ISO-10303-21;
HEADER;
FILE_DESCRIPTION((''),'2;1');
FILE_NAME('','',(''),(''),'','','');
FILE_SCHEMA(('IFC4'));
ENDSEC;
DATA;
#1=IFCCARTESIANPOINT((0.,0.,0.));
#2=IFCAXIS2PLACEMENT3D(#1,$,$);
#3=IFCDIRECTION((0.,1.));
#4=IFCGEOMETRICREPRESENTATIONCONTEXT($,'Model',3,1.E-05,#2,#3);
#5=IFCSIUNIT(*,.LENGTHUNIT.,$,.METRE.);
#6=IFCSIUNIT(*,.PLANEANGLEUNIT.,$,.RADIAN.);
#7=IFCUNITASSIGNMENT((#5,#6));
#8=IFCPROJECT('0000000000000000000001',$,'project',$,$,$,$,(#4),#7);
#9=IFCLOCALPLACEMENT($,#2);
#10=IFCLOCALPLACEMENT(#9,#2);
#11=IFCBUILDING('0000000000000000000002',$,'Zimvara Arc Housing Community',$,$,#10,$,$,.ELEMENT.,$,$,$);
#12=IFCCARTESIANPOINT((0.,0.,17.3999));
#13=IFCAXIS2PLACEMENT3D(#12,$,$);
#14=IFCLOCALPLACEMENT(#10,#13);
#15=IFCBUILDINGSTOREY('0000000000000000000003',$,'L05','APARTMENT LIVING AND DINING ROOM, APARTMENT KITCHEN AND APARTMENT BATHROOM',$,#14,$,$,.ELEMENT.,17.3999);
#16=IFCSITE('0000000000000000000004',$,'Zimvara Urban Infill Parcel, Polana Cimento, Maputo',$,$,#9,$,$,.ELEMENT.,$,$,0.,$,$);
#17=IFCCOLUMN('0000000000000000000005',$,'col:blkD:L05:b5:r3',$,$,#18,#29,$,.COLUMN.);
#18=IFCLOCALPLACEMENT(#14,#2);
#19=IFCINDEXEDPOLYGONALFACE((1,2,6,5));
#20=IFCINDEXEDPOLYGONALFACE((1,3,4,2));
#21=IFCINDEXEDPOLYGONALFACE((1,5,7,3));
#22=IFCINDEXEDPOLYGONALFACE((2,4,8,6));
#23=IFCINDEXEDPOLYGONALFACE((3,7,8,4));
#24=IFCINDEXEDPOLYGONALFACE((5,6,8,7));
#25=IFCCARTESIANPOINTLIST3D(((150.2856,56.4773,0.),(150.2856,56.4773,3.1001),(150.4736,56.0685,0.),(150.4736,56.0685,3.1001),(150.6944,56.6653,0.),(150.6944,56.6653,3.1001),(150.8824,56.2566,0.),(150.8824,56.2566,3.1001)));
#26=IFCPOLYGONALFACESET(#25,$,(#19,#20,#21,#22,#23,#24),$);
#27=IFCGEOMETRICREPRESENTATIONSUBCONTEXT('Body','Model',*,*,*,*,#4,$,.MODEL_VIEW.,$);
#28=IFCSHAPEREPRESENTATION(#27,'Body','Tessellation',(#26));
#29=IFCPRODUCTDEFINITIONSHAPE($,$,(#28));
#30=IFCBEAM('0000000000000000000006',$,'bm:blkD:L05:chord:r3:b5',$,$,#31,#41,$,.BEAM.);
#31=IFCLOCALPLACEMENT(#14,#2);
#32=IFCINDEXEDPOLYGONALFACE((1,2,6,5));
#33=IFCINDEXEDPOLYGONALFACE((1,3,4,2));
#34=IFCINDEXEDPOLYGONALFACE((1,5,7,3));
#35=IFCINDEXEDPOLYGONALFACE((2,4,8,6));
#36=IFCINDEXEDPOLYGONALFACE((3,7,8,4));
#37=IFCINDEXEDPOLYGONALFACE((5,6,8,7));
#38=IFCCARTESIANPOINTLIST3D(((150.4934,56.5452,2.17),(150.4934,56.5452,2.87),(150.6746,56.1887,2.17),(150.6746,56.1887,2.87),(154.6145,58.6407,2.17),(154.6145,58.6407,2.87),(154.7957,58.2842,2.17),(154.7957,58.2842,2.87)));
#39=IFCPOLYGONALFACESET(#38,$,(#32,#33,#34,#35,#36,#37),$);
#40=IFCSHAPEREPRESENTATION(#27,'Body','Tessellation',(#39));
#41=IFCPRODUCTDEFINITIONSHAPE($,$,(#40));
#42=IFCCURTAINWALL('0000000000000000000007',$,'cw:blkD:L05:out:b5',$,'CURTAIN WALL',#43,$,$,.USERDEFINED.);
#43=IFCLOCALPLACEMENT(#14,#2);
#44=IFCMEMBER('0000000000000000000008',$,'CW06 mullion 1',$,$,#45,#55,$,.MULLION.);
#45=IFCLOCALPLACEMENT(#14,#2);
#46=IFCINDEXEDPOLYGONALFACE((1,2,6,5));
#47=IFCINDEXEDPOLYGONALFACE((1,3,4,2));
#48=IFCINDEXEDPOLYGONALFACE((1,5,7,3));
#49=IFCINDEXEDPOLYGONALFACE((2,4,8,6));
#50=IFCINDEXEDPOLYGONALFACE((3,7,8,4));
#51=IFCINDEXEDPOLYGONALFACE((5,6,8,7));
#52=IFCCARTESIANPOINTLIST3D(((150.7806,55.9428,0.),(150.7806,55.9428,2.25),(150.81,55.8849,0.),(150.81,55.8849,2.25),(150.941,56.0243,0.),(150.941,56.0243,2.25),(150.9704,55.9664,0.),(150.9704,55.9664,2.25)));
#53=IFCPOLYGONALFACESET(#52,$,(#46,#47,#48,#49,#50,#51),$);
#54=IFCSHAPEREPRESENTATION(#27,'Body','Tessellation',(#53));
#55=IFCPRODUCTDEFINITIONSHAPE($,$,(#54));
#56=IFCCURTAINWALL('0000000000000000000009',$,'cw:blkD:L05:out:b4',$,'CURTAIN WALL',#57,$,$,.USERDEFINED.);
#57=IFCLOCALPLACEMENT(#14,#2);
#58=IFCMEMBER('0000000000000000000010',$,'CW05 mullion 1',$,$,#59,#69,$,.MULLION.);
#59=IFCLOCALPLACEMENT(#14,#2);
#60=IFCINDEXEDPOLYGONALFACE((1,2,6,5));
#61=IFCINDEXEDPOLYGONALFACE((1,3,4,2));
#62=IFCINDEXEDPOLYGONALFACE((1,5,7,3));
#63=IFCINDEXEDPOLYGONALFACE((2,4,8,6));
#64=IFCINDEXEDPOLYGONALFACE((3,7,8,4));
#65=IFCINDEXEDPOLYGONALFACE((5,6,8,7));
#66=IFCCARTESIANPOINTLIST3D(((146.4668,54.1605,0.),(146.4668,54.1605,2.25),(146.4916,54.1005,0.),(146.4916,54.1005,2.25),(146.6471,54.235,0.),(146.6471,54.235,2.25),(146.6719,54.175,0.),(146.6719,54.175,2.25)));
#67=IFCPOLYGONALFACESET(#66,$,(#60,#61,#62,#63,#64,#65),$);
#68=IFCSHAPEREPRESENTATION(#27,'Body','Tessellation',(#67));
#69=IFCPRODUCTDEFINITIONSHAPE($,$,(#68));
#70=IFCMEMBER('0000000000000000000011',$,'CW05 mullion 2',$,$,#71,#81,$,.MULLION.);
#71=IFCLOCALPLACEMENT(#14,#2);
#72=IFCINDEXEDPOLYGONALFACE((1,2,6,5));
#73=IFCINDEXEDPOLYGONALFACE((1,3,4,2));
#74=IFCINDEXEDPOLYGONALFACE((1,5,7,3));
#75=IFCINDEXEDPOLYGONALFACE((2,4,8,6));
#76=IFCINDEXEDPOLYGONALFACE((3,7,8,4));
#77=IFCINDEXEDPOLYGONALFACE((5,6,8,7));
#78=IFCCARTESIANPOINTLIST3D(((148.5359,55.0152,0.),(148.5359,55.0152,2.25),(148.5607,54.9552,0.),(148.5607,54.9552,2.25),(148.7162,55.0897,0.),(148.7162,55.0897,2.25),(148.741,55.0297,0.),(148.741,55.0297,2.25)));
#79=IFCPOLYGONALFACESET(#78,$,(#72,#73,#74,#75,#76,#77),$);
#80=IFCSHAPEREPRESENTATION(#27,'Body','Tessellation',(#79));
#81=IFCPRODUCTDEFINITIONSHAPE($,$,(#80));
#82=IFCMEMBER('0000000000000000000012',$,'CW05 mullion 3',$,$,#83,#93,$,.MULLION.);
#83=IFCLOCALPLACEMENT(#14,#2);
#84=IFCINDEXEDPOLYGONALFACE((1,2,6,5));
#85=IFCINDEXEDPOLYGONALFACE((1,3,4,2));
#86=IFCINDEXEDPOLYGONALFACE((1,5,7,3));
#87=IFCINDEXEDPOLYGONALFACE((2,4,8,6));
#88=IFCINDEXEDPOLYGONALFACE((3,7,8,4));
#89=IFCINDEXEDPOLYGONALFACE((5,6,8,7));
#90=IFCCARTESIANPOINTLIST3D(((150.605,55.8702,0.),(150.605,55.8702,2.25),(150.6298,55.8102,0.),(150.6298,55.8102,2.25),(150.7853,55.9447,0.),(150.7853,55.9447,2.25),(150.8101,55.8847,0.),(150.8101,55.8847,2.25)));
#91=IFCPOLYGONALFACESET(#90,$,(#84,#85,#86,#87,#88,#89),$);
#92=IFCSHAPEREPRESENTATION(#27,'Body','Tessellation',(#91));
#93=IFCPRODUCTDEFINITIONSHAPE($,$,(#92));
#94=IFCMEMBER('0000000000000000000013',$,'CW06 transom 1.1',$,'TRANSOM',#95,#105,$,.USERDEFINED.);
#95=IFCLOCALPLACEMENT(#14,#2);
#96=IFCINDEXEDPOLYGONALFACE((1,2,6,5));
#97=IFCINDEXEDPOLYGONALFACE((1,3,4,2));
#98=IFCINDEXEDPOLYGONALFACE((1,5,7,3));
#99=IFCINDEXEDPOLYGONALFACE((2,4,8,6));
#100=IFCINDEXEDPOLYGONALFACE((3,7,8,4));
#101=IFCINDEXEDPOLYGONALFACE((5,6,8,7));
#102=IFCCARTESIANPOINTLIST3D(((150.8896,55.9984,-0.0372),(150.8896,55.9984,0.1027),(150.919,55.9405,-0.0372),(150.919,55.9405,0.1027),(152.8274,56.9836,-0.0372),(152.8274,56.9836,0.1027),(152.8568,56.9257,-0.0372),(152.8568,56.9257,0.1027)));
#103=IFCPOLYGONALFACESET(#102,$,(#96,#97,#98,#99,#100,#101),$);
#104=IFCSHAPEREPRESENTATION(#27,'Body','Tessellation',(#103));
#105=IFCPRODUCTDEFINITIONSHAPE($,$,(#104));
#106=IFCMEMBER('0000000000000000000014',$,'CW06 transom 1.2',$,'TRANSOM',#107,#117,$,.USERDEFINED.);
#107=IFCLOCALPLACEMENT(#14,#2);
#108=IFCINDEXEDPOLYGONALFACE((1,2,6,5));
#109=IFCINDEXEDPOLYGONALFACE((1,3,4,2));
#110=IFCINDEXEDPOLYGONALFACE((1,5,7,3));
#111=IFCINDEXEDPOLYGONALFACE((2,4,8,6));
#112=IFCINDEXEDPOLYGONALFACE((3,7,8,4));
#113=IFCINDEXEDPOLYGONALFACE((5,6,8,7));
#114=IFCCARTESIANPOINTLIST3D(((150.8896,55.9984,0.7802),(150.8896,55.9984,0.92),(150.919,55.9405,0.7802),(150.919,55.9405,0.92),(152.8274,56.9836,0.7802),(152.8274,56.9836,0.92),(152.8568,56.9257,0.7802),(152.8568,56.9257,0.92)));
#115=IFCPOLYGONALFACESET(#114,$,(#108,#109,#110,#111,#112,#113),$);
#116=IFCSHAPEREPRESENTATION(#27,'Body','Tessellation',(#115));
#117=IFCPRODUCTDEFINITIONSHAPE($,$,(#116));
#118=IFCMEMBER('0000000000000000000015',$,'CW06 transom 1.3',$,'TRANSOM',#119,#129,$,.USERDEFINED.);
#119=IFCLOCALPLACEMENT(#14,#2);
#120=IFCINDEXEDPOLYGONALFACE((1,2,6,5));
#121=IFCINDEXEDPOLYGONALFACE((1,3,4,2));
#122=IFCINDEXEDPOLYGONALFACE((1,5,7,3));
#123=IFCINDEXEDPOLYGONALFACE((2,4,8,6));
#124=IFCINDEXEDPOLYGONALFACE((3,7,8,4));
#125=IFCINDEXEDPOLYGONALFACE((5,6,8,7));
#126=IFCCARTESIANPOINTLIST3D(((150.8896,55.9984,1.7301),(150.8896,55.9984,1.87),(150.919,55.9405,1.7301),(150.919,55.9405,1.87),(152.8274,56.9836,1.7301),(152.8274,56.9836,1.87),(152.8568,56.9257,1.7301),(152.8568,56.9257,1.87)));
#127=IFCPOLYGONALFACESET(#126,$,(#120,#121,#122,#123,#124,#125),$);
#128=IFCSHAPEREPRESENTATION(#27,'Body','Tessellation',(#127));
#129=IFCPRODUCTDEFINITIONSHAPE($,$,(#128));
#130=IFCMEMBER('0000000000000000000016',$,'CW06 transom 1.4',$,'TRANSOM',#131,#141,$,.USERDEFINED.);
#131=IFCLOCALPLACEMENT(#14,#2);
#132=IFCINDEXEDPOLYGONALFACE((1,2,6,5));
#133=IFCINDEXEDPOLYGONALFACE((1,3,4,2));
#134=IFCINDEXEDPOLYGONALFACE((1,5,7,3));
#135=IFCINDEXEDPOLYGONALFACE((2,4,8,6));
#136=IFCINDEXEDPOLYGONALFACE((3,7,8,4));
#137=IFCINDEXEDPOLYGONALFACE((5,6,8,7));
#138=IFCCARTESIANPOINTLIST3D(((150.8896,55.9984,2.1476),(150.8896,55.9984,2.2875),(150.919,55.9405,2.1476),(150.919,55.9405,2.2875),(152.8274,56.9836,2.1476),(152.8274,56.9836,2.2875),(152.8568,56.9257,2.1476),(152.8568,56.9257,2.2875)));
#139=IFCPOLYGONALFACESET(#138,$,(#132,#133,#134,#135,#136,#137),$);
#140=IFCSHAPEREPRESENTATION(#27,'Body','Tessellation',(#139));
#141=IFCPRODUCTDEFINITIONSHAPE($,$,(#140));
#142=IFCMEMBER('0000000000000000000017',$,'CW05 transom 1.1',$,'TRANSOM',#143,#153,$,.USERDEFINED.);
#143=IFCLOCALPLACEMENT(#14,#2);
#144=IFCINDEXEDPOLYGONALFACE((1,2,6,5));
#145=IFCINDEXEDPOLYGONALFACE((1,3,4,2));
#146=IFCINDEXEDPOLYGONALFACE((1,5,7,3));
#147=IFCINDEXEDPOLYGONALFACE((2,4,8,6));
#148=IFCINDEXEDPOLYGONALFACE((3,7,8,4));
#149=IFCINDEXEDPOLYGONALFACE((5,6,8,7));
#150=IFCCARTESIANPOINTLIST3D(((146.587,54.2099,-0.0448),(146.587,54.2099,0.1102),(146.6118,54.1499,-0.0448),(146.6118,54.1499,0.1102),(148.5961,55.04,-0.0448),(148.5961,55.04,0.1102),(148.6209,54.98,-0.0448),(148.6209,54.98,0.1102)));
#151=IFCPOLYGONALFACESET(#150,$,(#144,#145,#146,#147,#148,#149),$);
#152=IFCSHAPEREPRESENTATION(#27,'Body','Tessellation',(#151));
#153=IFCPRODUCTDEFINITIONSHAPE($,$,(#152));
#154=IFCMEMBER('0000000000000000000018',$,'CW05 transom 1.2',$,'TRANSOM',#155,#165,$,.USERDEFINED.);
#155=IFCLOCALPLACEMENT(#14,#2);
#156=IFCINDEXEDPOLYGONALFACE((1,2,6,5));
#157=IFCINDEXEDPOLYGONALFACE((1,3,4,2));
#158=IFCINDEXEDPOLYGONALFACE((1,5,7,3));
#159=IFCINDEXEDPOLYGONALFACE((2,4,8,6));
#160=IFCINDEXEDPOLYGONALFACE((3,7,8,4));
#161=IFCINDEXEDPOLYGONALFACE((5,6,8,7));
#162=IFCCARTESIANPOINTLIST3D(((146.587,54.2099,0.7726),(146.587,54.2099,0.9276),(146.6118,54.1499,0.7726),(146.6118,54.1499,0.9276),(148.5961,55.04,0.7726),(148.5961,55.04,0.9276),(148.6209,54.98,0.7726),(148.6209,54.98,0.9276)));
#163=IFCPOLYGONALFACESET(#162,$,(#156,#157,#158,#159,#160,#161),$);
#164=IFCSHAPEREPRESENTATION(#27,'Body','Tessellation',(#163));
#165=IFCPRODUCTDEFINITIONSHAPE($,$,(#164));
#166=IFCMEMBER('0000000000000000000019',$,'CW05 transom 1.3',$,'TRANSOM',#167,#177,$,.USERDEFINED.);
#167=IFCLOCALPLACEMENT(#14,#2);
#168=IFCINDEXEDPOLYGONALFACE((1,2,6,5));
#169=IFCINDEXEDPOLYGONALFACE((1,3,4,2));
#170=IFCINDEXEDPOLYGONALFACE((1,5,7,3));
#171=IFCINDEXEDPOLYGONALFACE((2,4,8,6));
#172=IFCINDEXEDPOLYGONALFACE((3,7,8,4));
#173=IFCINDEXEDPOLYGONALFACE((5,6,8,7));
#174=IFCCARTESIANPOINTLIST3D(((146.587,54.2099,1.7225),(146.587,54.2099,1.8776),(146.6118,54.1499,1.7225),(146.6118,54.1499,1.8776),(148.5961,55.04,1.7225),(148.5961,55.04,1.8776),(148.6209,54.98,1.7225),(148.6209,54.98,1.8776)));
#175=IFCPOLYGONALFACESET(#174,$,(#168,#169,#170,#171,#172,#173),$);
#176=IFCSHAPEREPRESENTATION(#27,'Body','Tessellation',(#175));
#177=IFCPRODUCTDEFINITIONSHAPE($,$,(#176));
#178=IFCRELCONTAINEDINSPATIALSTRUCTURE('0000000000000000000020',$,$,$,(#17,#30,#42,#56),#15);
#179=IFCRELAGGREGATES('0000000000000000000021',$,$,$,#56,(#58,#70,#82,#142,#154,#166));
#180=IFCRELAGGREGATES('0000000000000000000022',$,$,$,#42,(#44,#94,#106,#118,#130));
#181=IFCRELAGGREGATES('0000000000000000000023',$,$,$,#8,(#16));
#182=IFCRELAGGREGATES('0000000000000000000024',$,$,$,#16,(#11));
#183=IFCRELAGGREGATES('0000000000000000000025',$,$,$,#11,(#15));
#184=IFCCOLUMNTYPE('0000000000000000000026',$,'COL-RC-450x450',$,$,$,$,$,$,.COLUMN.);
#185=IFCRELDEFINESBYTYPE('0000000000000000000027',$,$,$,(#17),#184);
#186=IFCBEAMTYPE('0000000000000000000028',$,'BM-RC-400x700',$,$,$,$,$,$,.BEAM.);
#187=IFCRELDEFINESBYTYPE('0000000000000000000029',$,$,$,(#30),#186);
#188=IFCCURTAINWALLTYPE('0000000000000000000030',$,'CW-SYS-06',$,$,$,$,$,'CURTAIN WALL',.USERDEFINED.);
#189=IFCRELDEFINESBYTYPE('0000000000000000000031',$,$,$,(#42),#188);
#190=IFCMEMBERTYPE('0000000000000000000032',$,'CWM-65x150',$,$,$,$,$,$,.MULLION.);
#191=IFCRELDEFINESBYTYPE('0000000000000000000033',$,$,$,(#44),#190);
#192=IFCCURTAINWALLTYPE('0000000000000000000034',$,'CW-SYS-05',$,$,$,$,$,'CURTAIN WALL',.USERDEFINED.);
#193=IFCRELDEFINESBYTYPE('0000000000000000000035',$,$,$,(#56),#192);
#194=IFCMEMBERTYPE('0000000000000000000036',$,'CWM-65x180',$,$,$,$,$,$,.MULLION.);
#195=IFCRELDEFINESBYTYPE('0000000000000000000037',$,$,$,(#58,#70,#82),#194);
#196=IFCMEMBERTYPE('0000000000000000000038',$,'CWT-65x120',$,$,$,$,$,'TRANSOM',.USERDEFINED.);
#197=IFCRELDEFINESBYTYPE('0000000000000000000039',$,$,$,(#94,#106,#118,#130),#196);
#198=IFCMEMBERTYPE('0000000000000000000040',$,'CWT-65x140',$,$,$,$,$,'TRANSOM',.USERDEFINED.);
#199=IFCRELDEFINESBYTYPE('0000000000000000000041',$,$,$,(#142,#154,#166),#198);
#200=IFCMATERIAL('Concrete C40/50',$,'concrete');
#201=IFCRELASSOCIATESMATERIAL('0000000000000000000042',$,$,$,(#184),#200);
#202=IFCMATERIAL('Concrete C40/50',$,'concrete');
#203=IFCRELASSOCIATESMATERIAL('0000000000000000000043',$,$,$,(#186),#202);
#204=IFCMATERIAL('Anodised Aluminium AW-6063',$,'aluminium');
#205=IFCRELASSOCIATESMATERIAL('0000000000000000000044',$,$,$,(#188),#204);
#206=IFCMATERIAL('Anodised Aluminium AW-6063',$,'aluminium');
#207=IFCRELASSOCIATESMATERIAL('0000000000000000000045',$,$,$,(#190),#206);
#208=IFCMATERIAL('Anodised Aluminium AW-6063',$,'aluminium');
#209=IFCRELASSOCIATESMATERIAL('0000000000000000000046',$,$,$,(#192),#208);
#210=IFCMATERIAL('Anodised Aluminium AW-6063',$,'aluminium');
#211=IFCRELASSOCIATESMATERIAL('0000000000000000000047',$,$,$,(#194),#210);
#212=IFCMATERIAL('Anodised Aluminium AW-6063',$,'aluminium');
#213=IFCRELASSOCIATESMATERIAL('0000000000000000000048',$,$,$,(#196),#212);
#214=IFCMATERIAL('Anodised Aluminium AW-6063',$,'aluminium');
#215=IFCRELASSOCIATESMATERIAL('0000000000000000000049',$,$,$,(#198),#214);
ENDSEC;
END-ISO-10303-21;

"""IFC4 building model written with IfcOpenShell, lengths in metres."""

from ifc_helpers import new_model, si_unit, direction, frame, origin, origin_2d, place, context, subcontext, project, spatial, rectangle, extrude, material, material_profile, profile_set, type_object, element, aggregate, save


model = new_model("IFC4")

# Units and contexts
model_context = context("Model", 3, precision=1e-05, world=origin(), true_north=direction((0.0, 1.0)))
body_context = subcontext(model_context, "Body", "Model", "MODEL_VIEW")
ifc_project = project(units=[si_unit("LENGTHUNIT", "METRE"), si_unit("PLANEANGLEUNIT", "RADIAN")], contexts=[model_context])

# Site, building, storey
site_placement = place(None, origin())
site = spatial("IfcSite", under=ifc_project, at=site_placement, Name="Zimvara Urban Infill Parcel, Polana Cimento, Maputo", CompositionType="ELEMENT", RefElevation=0.0)
building_placement = place(site_placement, origin())
building = spatial("IfcBuilding", under=site, at=building_placement, Name="Zimvara Arc Housing Community", CompositionType="ELEMENT")
storey_placement = place(building_placement, frame((0.0, 0.0, 17.3999)))
storey = spatial("IfcBuildingStorey", under=building, at=storey_placement, Name="L05", Description="APARTMENT LIVING AND DINING ROOM, APARTMENT KITCHEN AND APARTMENT BATHROOM", CompositionType="ELEMENT", Elevation=17.3999)

# Column
ifc_material_1 = material(Name="Concrete C40/50", Category="concrete")
ifc_material_profile_1 = material_profile(ifc_material_1, rectangle(XDim=0.45, YDim=0.45, at=origin_2d()), Name="RC 450x450")
ifc_profile_set_1 = profile_set([ifc_material_profile_1], Name="Concrete C40/50")
column_type = type_object("IfcColumnType", Name="COL-RC-450x450", PredefinedType="COLUMN", material=ifc_profile_set_1)
column_placement = place(storey_placement, frame((150.584, 56.3669, 0.0), z_axis=(0.0, 0.0, 1.0), x_axis=(0.417867, -0.908508, 0.0)))
element("IfcColumn", 1, at=column_placement, inside=storey, type_object=column_type, Name="col:blkD:L05:b5:r3", PredefinedType="COLUMN", context=body_context, shape_type="SweptSolid", body=[
    extrude(rectangle(XDim=0.45, YDim=0.45, at=origin_2d()), origin(), (0.0, 0.0, 1.0), 3.1001),
])

# Beam
ifc_material_2 = material(Name="Concrete C40/50", Category="concrete")
ifc_material_profile_2 = material_profile(ifc_material_2, rectangle(XDim=0.3999, YDim=0.7, at=origin_2d()), Name="RC 400x700")
ifc_profile_set_2 = profile_set([ifc_material_profile_2], Name="Concrete C40/50")
beam_type = type_object("IfcBeamType", Name="BM-RC-400x700", PredefinedType="BEAM", material=ifc_profile_set_2)
beam_placement = place(storey_placement, frame((150.584, 56.3669, 2.52), z_axis=(0.891386, 0.453245, 0.0), x_axis=(-0.453245, 0.891386, 0.0)))
element("IfcBeam", 2, at=beam_placement, inside=storey, type_object=beam_type, Name="bm:blkD:L05:chord:r3:b5", PredefinedType="BEAM", context=body_context, shape_type="SweptSolid", body=[
    extrude(rectangle(XDim=0.3999, YDim=0.7, at=origin_2d()), origin(), (0.0, 0.0, 1.0), 4.6233),
])

# Curtain wall, member
ifc_material_3 = material(Name="Anodised Aluminium AW-6063", Category="aluminium")
curtain_wall_type_1 = type_object("IfcCurtainWallType", Name="CW-SYS-06", ElementType="CURTAIN WALL", PredefinedType="USERDEFINED", material=ifc_material_3)
curtain_wall_1_placement = place(storey_placement, origin())
curtain_wall_1 = element("IfcCurtainWall", 3, at=curtain_wall_1_placement, inside=storey, type_object=curtain_wall_type_1, Name="cw:blkD:L05:out:b5", ObjectType="CURTAIN WALL", PredefinedType="USERDEFINED")
ifc_material_4 = material(Name="Anodised Aluminium AW-6063", Category="aluminium")
ifc_material_profile_3 = material_profile(ifc_material_4, rectangle(XDim=0.0649, YDim=0.1799, at=origin_2d()), Name="ALU 65x180")
ifc_profile_set_3 = profile_set([ifc_material_profile_3], Name="Anodised Aluminium AW-6063")
member_type_1 = type_object("IfcMemberType", Name="CWM-65x150", PredefinedType="MULLION", material=ifc_profile_set_3)
member_1_placement = place(storey_placement, frame((150.8755, 55.9546, 0.0), z_axis=(0.0, 0.0, 1.0), x_axis=(-0.453212, 0.891403, 0.0)))
member_1 = element("IfcMember", 4, at=member_1_placement, type_object=member_type_1, Name="CW06 mullion 1", PredefinedType="MULLION", context=body_context, shape_type="SweptSolid", body=[
    extrude(rectangle(XDim=0.0649, YDim=0.1799, at=origin_2d()), origin(), (0.0, 0.0, 1.0), 2.25),
])

# Curtain wall, members
ifc_material_5 = material(Name="Anodised Aluminium AW-6063", Category="aluminium")
curtain_wall_type_2 = type_object("IfcCurtainWallType", Name="CW-SYS-05", ElementType="CURTAIN WALL", PredefinedType="USERDEFINED", material=ifc_material_5)
curtain_wall_2_placement = place(storey_placement, origin())
curtain_wall_2 = element("IfcCurtainWall", 5, at=curtain_wall_2_placement, inside=storey, type_object=curtain_wall_type_2, Name="cw:blkD:L05:out:b4", ObjectType="CURTAIN WALL", PredefinedType="USERDEFINED")
ifc_material_6 = material(Name="Anodised Aluminium AW-6063", Category="aluminium")
ifc_material_profile_4 = material_profile(ifc_material_6, rectangle(XDim=0.0649, YDim=0.1951, at=origin_2d()), Name="ALU 65x195")
ifc_profile_set_4 = profile_set([ifc_material_profile_4], Name="Anodised Aluminium AW-6063")
member_type_2 = type_object("IfcMemberType", Name="CWM-65x180", PredefinedType="MULLION", material=ifc_profile_set_4)
member_2_placement = place(storey_placement, frame((146.5693, 54.1677, 0.0), z_axis=(0.0, 0.0, 1.0), x_axis=(-0.381876, 0.924213, 0.0)))
member_2 = element("IfcMember", 6, at=member_2_placement, type_object=member_type_2, Name="CW05 mullion 1", PredefinedType="MULLION", context=body_context, shape_type="SweptSolid", body=[
    extrude(rectangle(XDim=0.0649, YDim=0.1951, at=origin_2d()), origin(), (0.0, 0.0, 1.0), 2.25),
])
member_3_placement = place(storey_placement, frame((148.6384, 55.0225, 0.0), z_axis=(0.0, 0.0, 1.0), x_axis=(-0.381876, 0.924213, 0.0)))
member_3 = element("IfcMember", 7, at=member_3_placement, type_object=member_type_2, Name="CW05 mullion 2", PredefinedType="MULLION", context=body_context, shape_type="SweptSolid", body=[
    extrude(rectangle(XDim=0.0649, YDim=0.1951, at=origin_2d()), origin(), (0.0, 0.0, 1.0), 2.25),
])
member_4_placement = place(storey_placement, frame((150.7075, 55.8774, 0.0), z_axis=(0.0, 0.0, 1.0), x_axis=(-0.381876, 0.924213, 0.0)))
member_4 = element("IfcMember", 8, at=member_4_placement, type_object=member_type_2, Name="CW05 mullion 3", PredefinedType="MULLION", context=body_context, shape_type="SweptSolid", body=[
    extrude(rectangle(XDim=0.0649, YDim=0.1951, at=origin_2d()), origin(), (0.0, 0.0, 1.0), 2.25),
])

# Members
ifc_material_7 = material(Name="Anodised Aluminium AW-6063", Category="aluminium")
ifc_material_profile_5 = material_profile(ifc_material_7, rectangle(XDim=0.0649, YDim=0.1399, at=origin_2d()), Name="ALU 65x140")
ifc_profile_set_5 = profile_set([ifc_material_profile_5], Name="Anodised Aluminium AW-6063")
member_type_3 = type_object("IfcMemberType", Name="CWT-65x120", ElementType="TRANSOM", PredefinedType="USERDEFINED", material=ifc_profile_set_5)
member_5_placement = place(storey_placement, frame((150.9043, 55.9695, 0.0327), z_axis=(0.89142, 0.453179, 0.0), x_axis=(-0.453179, 0.89142, 0.0)))
member_5 = element("IfcMember", 9, at=member_5_placement, type_object=member_type_3, Name="CW06 transom 1.1", ObjectType="TRANSOM", PredefinedType="USERDEFINED", context=body_context, shape_type="SweptSolid", body=[
    extrude(rectangle(XDim=0.0649, YDim=0.1399, at=origin_2d()), origin(), (0.0, 0.0, 1.0), 2.1738),
])
member_6_placement = place(storey_placement, frame((150.9043, 55.9695, 0.8501), z_axis=(0.89142, 0.453179, 0.0), x_axis=(-0.453179, 0.89142, 0.0)))
member_6 = element("IfcMember", 10, at=member_6_placement, type_object=member_type_3, Name="CW06 transom 1.2", ObjectType="TRANSOM", PredefinedType="USERDEFINED", context=body_context, shape_type="SweptSolid", body=[
    extrude(rectangle(XDim=0.0649, YDim=0.1399, at=origin_2d()), origin(), (0.0, 0.0, 1.0), 2.1738),
])
member_7_placement = place(storey_placement, frame((150.9043, 55.9695, 1.8), z_axis=(0.89142, 0.453179, 0.0), x_axis=(-0.453179, 0.89142, 0.0)))
member_7 = element("IfcMember", 11, at=member_7_placement, type_object=member_type_3, Name="CW06 transom 1.3", ObjectType="TRANSOM", PredefinedType="USERDEFINED", context=body_context, shape_type="SweptSolid", body=[
    extrude(rectangle(XDim=0.0649, YDim=0.1399, at=origin_2d()), origin(), (0.0, 0.0, 1.0), 2.1738),
])
member_8_placement = place(storey_placement, frame((150.9043, 55.9695, 2.2175), z_axis=(0.89142, 0.453179, 0.0), x_axis=(-0.453179, 0.89142, 0.0)))
member_8 = element("IfcMember", 12, at=member_8_placement, type_object=member_type_3, Name="CW06 transom 1.4", ObjectType="TRANSOM", PredefinedType="USERDEFINED", context=body_context, shape_type="SweptSolid", body=[
    extrude(rectangle(XDim=0.0649, YDim=0.1399, at=origin_2d()), origin(), (0.0, 0.0, 1.0), 2.1738),
])
ifc_material_8 = material(Name="Anodised Aluminium AW-6063", Category="aluminium")
ifc_material_profile_6 = material_profile(ifc_material_8, rectangle(XDim=0.0649, YDim=0.155, at=origin_2d()), Name="ALU 65x155")
ifc_profile_set_6 = profile_set([ifc_material_profile_6], Name="Anodised Aluminium AW-6063")
member_type_4 = type_object("IfcMemberType", Name="CWT-65x140", ElementType="TRANSOM", PredefinedType="USERDEFINED", material=ifc_profile_set_6)
member_9_placement = place(storey_placement, frame((146.5994, 54.1799, 0.0327), z_axis=(0.924219, 0.381862, 0.0), x_axis=(-0.381862, 0.924219, 0.0)))
member_9 = element("IfcMember", 13, at=member_9_placement, type_object=member_type_4, Name="CW05 transom 1.1", ObjectType="TRANSOM", PredefinedType="USERDEFINED", context=body_context, shape_type="SweptSolid", body=[
    extrude(rectangle(XDim=0.0649, YDim=0.155, at=origin_2d()), origin(), (0.0, 0.0, 1.0), 2.1738),
])
member_10_placement = place(storey_placement, frame((146.5994, 54.1799, 0.8501), z_axis=(0.924219, 0.381862, 0.0), x_axis=(-0.381862, 0.924219, 0.0)))
member_10 = element("IfcMember", 14, at=member_10_placement, type_object=member_type_4, Name="CW05 transom 1.2", ObjectType="TRANSOM", PredefinedType="USERDEFINED", context=body_context, shape_type="SweptSolid", body=[
    extrude(rectangle(XDim=0.0649, YDim=0.155, at=origin_2d()), origin(), (0.0, 0.0, 1.0), 2.1738),
])
member_11_placement = place(storey_placement, frame((146.5994, 54.1799, 1.8), z_axis=(0.924219, 0.381862, 0.0), x_axis=(-0.381862, 0.924219, 0.0)))
member_11 = element("IfcMember", 15, at=member_11_placement, type_object=member_type_4, Name="CW05 transom 1.3", ObjectType="TRANSOM", PredefinedType="USERDEFINED", context=body_context, shape_type="SweptSolid", body=[
    extrude(rectangle(XDim=0.0649, YDim=0.155, at=origin_2d()), origin(), (0.0, 0.0, 1.0), 2.1738),
])

aggregate(curtain_wall_2, [member_2, member_3, member_4, member_9, member_10, member_11])
aggregate(curtain_wall_1, [member_1, member_5, member_6, member_7, member_8])

save(model, "model.ifc")
